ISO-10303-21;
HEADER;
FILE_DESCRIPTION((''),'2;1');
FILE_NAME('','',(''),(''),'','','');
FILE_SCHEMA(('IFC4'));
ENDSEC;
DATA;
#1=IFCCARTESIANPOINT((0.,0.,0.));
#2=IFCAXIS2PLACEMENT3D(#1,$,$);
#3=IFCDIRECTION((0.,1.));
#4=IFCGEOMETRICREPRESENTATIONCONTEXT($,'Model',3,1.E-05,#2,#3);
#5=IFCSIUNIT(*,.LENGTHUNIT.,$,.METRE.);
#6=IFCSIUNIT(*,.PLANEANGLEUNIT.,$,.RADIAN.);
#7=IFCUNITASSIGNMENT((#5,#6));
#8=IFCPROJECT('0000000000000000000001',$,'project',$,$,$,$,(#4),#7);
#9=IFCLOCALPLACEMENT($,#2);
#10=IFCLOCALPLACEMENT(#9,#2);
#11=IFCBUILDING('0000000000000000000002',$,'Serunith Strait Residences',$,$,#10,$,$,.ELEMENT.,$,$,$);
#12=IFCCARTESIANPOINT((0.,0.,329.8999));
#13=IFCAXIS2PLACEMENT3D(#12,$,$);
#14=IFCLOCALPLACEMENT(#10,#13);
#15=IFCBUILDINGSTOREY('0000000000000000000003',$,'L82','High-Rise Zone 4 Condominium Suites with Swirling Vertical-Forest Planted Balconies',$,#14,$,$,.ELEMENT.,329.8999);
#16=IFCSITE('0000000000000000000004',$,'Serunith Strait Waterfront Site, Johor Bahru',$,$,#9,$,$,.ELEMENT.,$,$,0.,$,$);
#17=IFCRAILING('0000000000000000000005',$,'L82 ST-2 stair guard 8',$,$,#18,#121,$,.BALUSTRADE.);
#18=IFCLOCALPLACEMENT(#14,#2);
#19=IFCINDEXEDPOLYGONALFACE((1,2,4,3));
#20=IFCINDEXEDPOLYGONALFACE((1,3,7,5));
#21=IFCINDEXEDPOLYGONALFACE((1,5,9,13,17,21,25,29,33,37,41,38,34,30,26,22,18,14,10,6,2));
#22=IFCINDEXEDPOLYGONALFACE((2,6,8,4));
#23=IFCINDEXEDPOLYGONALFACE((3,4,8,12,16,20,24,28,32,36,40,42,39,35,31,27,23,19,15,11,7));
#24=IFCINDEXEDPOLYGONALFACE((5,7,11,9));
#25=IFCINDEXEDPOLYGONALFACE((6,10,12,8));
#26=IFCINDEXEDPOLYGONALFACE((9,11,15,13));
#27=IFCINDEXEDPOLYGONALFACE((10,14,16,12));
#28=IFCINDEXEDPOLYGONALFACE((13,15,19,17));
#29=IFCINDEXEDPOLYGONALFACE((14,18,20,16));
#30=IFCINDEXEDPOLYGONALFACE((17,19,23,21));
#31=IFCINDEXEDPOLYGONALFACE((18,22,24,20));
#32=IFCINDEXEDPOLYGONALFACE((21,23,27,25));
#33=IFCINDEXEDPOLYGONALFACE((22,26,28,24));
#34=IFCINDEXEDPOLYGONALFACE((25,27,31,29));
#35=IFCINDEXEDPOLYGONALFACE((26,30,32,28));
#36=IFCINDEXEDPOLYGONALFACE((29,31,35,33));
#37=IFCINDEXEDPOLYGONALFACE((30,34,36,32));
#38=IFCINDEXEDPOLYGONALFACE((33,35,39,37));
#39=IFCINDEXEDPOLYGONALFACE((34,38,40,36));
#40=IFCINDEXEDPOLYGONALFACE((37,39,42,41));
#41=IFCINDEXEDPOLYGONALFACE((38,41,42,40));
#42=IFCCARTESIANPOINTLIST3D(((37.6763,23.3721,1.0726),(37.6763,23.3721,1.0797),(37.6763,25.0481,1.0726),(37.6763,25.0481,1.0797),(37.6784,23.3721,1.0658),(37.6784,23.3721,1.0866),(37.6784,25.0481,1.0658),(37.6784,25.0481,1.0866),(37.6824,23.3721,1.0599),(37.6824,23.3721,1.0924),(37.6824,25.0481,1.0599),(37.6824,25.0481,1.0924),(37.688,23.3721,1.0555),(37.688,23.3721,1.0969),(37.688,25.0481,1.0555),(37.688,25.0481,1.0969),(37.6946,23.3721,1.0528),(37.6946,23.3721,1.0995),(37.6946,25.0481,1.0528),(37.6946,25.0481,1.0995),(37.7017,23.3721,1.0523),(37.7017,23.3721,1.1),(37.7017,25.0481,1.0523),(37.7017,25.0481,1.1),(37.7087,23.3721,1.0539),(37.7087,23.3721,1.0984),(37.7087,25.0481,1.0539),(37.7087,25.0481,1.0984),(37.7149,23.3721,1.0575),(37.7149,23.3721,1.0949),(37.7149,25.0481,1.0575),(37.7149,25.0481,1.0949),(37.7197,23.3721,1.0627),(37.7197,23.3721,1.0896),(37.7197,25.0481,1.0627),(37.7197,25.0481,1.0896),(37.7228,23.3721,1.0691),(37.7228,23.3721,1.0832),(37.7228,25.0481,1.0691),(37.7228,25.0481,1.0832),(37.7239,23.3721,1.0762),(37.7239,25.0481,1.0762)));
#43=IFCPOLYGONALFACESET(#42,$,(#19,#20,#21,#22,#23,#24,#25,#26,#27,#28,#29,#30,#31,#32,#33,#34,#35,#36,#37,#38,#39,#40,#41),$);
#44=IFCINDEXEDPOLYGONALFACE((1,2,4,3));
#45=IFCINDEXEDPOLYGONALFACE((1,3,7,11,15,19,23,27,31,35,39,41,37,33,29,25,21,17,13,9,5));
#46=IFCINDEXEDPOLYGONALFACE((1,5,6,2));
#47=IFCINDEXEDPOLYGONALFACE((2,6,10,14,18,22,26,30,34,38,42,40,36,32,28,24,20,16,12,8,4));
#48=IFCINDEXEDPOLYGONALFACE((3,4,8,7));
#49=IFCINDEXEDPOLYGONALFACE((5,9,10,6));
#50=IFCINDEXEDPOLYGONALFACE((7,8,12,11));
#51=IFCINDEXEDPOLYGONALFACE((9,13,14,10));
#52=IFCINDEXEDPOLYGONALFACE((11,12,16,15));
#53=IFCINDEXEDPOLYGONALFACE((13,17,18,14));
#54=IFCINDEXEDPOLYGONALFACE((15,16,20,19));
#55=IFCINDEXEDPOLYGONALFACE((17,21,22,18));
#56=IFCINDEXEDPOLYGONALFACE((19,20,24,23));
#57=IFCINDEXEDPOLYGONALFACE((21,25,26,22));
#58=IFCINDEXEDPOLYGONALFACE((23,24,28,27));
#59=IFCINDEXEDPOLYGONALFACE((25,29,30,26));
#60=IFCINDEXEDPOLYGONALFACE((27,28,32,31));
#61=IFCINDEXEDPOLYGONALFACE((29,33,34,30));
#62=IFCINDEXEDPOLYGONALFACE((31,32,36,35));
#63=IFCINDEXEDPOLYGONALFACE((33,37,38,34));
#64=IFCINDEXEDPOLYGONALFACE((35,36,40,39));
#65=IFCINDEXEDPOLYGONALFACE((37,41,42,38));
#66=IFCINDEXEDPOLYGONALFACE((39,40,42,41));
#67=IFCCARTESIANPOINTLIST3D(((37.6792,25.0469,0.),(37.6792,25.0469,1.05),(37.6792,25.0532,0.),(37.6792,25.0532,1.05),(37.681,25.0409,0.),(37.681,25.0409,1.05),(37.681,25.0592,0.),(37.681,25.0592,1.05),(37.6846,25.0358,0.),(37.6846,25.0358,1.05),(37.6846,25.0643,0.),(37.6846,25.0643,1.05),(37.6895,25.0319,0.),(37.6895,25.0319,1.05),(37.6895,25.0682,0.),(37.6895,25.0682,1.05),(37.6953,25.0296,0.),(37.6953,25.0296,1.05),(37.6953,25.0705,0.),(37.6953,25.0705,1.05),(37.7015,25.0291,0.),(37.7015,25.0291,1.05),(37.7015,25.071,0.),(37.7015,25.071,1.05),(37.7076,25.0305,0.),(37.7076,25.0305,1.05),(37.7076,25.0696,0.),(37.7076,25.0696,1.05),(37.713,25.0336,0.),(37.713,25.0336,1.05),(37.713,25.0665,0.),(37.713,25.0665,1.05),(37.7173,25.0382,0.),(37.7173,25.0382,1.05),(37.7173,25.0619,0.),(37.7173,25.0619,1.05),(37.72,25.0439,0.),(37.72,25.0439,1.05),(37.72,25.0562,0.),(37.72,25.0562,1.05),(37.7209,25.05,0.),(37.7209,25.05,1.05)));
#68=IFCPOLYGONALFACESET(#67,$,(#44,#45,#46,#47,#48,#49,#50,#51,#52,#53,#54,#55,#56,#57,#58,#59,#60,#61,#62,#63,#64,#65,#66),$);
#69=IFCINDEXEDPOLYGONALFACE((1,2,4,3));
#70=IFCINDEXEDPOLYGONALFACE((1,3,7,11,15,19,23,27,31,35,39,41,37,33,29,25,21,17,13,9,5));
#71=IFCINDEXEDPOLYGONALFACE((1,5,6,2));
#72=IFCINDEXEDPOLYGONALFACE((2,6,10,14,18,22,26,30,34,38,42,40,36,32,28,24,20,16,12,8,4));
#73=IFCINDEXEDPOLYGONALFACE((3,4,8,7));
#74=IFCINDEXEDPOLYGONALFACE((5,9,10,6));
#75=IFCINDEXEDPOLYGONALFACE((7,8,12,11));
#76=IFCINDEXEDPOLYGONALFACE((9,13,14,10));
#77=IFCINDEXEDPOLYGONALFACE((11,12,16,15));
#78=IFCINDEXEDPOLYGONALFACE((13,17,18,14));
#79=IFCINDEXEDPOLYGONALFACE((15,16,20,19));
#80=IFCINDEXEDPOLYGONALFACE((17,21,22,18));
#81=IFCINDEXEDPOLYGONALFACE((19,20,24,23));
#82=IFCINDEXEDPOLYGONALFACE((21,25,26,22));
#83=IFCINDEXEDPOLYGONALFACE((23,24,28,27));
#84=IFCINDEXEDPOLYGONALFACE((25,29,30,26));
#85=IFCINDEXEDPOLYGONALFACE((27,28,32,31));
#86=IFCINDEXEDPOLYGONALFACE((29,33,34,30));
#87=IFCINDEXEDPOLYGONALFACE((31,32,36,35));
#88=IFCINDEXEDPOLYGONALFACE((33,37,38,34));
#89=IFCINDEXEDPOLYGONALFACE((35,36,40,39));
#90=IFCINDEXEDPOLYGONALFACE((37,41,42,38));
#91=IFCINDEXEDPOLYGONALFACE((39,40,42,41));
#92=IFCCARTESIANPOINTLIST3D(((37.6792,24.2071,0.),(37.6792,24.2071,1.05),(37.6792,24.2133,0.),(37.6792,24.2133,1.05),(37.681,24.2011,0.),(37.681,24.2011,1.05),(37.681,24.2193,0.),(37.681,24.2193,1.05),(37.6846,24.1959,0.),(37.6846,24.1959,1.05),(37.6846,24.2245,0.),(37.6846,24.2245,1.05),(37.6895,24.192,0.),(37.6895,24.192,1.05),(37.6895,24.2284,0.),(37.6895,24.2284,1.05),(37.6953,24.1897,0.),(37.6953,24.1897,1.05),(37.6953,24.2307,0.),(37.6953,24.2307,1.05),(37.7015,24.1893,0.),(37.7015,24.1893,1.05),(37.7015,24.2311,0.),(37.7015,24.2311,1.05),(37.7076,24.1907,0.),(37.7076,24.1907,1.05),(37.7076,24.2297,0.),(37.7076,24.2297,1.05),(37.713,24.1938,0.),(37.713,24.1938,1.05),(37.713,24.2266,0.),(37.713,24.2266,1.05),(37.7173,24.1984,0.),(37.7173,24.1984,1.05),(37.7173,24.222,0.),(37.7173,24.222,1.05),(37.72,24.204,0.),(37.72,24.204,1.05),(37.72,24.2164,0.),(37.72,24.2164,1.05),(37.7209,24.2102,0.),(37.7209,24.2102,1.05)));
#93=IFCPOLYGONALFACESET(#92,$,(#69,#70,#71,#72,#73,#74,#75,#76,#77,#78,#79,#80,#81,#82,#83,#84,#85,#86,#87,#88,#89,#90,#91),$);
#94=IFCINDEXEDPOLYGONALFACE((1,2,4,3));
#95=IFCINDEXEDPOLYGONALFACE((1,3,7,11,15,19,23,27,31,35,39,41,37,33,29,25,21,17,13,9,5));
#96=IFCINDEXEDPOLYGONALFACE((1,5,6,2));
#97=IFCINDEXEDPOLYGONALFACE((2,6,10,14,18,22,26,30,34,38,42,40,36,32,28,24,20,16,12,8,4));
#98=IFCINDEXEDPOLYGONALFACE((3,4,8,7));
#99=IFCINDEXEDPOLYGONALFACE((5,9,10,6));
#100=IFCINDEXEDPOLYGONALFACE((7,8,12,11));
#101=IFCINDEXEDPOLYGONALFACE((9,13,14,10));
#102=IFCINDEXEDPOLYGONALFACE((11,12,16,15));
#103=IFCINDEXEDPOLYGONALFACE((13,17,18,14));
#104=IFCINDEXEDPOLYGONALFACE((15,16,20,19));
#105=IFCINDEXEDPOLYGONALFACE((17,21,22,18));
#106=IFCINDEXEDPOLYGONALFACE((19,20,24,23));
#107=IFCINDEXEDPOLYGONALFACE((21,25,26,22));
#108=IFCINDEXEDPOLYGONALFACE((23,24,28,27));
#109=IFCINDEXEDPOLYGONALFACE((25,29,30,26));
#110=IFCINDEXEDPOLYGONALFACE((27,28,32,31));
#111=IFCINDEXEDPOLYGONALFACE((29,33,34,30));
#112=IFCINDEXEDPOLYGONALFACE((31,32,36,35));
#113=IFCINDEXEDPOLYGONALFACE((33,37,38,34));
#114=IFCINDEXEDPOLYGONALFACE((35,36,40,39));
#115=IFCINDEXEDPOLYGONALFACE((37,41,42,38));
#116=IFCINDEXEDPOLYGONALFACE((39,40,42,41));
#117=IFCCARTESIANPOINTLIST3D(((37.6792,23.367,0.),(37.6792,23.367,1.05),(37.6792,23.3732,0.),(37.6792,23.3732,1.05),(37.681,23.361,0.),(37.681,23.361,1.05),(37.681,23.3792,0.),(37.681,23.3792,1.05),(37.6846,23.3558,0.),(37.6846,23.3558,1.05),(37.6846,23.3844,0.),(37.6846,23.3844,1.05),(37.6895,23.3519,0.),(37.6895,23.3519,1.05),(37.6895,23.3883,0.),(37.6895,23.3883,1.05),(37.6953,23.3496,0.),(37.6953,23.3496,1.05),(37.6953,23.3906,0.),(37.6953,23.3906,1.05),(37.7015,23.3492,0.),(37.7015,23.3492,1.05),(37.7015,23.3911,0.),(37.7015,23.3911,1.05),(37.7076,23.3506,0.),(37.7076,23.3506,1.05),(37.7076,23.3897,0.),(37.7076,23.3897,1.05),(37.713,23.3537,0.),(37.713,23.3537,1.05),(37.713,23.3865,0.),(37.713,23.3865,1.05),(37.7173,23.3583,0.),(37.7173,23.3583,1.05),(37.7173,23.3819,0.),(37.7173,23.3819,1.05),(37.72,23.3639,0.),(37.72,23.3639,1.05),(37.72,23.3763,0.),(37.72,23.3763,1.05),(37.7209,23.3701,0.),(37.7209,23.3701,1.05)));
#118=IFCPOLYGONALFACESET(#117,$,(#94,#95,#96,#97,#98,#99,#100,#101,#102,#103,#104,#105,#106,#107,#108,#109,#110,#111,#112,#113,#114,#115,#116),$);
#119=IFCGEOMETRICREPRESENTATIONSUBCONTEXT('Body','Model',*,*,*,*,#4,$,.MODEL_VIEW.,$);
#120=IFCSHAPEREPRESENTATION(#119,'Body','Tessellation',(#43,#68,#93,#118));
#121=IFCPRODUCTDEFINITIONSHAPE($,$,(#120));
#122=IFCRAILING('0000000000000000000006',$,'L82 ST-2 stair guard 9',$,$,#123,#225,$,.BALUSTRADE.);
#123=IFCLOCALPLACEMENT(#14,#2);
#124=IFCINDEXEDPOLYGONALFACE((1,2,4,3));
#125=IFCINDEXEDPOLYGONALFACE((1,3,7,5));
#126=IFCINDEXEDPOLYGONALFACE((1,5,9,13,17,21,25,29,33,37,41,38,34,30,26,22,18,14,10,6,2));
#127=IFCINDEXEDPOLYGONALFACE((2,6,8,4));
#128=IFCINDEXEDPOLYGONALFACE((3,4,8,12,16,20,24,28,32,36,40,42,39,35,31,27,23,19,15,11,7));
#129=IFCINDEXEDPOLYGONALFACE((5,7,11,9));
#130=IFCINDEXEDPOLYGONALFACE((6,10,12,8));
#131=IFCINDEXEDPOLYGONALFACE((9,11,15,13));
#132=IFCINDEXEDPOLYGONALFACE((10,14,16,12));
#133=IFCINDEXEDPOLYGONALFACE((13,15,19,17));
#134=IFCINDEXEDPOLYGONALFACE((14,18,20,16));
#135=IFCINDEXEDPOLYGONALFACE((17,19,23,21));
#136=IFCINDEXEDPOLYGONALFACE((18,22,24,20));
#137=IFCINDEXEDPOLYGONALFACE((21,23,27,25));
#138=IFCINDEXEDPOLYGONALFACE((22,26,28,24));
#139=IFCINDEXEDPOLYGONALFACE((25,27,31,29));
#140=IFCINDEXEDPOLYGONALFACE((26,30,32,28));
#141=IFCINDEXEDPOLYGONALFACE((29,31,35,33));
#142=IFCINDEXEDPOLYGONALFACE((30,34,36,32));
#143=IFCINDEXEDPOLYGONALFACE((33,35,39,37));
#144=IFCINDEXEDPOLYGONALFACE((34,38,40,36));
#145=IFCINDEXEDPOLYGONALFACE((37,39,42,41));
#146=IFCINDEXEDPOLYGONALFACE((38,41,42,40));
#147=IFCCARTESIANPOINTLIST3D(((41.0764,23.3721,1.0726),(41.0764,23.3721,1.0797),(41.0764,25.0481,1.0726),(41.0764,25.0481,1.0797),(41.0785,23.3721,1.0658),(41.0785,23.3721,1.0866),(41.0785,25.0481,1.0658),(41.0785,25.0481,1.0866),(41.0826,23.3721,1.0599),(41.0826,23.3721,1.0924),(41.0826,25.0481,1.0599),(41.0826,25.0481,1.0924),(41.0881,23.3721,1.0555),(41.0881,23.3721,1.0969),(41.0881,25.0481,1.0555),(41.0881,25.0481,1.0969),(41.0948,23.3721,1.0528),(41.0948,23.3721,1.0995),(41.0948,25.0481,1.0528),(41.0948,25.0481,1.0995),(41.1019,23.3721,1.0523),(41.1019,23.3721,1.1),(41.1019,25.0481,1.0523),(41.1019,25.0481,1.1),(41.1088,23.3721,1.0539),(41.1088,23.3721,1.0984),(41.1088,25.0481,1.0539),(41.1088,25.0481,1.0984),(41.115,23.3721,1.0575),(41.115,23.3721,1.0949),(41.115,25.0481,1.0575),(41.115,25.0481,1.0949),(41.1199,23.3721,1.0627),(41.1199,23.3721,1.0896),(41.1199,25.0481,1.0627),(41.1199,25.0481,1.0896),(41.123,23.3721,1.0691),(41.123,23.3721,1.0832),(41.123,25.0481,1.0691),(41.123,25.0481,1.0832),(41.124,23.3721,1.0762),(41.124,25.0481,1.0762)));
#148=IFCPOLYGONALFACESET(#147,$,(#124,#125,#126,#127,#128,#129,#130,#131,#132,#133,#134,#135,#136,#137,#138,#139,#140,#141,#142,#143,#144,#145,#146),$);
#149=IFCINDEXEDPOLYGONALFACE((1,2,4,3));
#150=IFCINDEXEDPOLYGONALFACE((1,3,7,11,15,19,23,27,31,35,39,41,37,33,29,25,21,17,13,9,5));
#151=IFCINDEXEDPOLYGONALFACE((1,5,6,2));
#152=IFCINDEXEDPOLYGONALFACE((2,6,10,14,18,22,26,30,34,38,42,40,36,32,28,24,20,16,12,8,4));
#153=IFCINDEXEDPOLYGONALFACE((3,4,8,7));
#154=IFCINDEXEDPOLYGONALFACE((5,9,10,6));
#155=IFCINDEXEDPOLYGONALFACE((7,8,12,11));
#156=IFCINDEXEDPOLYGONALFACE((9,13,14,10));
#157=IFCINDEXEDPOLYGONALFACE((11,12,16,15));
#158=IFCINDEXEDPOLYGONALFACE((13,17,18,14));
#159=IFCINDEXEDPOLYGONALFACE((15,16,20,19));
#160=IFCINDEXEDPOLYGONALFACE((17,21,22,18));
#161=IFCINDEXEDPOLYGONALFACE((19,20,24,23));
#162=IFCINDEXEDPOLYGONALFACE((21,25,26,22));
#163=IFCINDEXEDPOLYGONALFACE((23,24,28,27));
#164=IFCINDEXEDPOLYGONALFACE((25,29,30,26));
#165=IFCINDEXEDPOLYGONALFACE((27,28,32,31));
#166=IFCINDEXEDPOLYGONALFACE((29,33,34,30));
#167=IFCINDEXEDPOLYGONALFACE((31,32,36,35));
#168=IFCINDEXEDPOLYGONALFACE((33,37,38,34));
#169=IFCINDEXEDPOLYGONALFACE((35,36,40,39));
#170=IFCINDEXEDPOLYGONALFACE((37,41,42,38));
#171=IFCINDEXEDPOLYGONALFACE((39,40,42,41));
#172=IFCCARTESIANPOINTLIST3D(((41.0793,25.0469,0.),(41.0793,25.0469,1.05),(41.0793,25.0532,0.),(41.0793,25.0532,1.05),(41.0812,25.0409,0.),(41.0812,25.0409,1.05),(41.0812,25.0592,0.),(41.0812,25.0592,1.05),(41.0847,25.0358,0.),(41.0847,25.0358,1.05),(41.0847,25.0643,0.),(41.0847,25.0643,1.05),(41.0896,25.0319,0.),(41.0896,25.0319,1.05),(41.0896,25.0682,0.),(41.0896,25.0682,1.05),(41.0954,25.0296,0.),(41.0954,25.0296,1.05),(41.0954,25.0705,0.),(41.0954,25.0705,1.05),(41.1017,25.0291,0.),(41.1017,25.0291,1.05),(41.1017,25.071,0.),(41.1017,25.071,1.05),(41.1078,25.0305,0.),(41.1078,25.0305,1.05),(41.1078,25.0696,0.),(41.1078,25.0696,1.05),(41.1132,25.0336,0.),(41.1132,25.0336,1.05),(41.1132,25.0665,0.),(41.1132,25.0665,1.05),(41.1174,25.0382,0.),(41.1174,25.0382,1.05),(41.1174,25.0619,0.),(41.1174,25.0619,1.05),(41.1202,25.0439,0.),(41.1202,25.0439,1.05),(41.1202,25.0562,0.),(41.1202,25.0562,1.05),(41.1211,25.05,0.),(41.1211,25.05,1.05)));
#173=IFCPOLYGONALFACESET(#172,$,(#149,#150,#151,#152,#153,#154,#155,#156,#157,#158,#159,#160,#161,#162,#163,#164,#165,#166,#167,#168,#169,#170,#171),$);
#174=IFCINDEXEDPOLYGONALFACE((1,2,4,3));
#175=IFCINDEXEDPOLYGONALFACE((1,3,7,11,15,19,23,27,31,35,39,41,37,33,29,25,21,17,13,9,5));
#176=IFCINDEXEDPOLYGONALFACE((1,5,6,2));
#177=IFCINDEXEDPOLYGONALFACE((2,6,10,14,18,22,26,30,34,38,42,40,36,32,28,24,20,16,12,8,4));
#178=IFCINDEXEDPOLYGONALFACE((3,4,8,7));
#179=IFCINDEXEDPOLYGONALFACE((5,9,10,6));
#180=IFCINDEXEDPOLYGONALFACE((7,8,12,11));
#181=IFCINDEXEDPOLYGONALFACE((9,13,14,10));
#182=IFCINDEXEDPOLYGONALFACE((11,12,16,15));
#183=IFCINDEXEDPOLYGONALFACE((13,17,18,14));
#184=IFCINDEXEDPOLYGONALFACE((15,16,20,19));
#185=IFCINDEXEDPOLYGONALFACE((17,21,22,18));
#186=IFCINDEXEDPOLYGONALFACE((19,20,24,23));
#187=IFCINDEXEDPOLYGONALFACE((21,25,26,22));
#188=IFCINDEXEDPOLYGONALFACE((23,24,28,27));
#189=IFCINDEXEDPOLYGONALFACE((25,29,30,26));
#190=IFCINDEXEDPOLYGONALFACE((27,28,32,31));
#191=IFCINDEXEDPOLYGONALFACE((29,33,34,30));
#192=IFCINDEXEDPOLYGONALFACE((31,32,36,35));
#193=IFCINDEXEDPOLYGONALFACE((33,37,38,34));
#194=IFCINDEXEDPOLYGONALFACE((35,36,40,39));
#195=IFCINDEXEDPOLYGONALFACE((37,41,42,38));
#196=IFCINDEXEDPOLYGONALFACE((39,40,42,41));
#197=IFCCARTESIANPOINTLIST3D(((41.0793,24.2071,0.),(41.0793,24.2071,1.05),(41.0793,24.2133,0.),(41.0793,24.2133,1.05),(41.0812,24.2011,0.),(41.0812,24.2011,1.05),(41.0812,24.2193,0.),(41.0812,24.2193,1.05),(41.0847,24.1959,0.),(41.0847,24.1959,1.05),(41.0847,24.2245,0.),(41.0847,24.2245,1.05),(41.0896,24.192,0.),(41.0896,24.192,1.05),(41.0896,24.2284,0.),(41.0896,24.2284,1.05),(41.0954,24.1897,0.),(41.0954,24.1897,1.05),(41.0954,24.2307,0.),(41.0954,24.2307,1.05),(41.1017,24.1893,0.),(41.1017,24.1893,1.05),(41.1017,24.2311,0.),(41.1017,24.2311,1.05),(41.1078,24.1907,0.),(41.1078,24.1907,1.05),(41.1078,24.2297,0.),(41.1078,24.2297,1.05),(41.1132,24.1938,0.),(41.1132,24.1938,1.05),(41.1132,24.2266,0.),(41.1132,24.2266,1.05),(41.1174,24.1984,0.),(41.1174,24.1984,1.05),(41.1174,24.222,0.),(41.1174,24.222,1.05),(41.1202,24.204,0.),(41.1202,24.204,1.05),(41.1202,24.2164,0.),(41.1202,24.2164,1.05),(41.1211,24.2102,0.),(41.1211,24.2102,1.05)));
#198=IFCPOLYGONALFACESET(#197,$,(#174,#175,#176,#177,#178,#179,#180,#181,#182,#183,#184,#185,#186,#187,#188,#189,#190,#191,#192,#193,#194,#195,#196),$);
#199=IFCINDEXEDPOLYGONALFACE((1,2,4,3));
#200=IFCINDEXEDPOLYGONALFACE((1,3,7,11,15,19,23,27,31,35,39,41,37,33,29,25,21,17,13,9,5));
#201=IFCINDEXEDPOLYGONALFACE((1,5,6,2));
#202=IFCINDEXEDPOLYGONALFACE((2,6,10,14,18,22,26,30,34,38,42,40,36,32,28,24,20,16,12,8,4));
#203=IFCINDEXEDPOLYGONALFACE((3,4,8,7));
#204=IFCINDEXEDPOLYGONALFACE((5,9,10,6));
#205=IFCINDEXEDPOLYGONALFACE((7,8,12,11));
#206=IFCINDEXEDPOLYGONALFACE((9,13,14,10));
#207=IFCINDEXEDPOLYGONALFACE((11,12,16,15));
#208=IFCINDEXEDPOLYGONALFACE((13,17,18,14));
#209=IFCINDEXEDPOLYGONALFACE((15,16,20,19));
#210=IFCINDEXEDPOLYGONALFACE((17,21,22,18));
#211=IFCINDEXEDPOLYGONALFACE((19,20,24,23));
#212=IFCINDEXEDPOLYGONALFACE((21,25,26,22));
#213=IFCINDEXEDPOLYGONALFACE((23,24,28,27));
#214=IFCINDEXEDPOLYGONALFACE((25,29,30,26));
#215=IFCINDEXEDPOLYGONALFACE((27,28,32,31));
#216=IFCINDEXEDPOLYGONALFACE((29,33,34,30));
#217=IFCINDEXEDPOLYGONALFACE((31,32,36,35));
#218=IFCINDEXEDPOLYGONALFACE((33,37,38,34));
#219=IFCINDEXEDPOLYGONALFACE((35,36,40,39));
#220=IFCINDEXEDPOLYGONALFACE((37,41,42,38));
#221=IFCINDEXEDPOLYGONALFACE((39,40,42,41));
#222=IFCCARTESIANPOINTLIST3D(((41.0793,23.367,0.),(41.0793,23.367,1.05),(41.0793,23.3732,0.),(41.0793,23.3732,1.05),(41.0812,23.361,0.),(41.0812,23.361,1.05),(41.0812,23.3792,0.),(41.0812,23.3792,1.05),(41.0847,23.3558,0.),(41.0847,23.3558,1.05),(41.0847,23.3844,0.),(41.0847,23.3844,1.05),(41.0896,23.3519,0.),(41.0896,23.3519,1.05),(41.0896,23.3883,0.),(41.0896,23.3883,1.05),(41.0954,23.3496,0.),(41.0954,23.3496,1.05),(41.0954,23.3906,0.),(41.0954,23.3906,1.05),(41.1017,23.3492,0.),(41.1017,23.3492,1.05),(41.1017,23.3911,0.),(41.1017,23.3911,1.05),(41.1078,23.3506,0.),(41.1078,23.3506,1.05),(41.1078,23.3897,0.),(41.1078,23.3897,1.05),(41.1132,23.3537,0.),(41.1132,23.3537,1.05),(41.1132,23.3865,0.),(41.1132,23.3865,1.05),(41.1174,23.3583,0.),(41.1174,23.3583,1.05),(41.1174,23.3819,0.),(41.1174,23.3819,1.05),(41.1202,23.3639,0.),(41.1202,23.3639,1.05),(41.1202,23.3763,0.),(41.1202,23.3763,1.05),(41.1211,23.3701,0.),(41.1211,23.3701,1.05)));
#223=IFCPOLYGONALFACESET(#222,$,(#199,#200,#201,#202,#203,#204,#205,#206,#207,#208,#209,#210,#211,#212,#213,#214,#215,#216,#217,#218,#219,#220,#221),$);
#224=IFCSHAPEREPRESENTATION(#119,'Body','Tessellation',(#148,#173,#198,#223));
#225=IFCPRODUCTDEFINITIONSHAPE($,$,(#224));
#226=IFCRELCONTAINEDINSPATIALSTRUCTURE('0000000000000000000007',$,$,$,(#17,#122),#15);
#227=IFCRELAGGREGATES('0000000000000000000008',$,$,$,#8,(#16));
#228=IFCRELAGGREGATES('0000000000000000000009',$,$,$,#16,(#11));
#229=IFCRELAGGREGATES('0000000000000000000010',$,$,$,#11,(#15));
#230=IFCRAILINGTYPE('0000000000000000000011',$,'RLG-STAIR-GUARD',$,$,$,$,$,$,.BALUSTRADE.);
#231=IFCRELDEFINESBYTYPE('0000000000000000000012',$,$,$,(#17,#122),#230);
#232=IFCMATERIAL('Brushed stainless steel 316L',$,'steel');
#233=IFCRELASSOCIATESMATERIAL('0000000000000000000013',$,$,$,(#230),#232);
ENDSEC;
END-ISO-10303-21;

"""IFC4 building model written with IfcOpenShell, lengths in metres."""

from ifc_helpers import new_model, si_unit, direction, frame, origin, origin_2d, place, context, subcontext, project, spatial, circle, extrude, material, type_object, element, save


model = new_model("IFC4")

# Units and contexts
model_context = context("Model", 3, precision=1e-05, world=origin(), true_north=direction((0.0, 1.0)))
body_context = subcontext(model_context, "Body", "Model", "MODEL_VIEW")
ifc_project = project(units=[si_unit("LENGTHUNIT", "METRE"), si_unit("PLANEANGLEUNIT", "RADIAN")], contexts=[model_context])

# Site, building, storey
site_placement = place(None, origin())
site = spatial("IfcSite", under=ifc_project, at=site_placement, Name="Serunith Strait Waterfront Site, Johor Bahru", CompositionType="ELEMENT", RefElevation=0.0)
building_placement = place(site_placement, origin())
building = spatial("IfcBuilding", under=site, at=building_placement, Name="Serunith Strait Residences", CompositionType="ELEMENT")
storey_placement = place(building_placement, frame((0.0, 0.0, 329.8999)))
storey = spatial("IfcBuildingStorey", under=building, at=storey_placement, Name="L82", Description="High-Rise Zone 4 Condominium Suites with Swirling Vertical-Forest Planted Balconies", CompositionType="ELEMENT", Elevation=329.8999)

# Railings
ifc_material_1 = material(Name="Brushed stainless steel 316L", Category="steel")
railing_type = type_object("IfcRailingType", Name="RLG-STAIR-GUARD", PredefinedType="BALUSTRADE", material=ifc_material_1)
for number, where, name in (
    (1, (37.7, 25.05, 0.0), "L82 ST-2 stair guard 8"),
    (2, (41.1001, 25.05, 0.0), "L82 ST-2 stair guard 9"),
):
    element("IfcRailing", number, at=place(storey_placement, frame(where)), inside=storey, type_object=railing_type, Name=name, PredefinedType="BALUSTRADE", context=body_context, shape_type="SweptSolid", body=[
        extrude(circle(Radius=0.0239, at=origin_2d()), frame((0.0, -0.002, 1.0762), z_axis=(0.0, -1.0, 0.0), x_axis=(1.0, 0.0, 0.0)), (0.0, 0.0, 1.0), 1.676),
        extrude(circle(Radius=0.021, at=origin_2d()), origin(), (0.0, 0.0, 1.0), 1.05),
        extrude(circle(Radius=0.021, at=origin_2d()), frame((0.0, -0.8398, 0.0)), (0.0, 0.0, 1.0), 1.05),
        extrude(circle(Radius=0.021, at=origin_2d()), frame((0.0, -1.6799, 0.0)), (0.0, 0.0, 1.0), 1.05),
    ])

save(model, "model.ifc")
